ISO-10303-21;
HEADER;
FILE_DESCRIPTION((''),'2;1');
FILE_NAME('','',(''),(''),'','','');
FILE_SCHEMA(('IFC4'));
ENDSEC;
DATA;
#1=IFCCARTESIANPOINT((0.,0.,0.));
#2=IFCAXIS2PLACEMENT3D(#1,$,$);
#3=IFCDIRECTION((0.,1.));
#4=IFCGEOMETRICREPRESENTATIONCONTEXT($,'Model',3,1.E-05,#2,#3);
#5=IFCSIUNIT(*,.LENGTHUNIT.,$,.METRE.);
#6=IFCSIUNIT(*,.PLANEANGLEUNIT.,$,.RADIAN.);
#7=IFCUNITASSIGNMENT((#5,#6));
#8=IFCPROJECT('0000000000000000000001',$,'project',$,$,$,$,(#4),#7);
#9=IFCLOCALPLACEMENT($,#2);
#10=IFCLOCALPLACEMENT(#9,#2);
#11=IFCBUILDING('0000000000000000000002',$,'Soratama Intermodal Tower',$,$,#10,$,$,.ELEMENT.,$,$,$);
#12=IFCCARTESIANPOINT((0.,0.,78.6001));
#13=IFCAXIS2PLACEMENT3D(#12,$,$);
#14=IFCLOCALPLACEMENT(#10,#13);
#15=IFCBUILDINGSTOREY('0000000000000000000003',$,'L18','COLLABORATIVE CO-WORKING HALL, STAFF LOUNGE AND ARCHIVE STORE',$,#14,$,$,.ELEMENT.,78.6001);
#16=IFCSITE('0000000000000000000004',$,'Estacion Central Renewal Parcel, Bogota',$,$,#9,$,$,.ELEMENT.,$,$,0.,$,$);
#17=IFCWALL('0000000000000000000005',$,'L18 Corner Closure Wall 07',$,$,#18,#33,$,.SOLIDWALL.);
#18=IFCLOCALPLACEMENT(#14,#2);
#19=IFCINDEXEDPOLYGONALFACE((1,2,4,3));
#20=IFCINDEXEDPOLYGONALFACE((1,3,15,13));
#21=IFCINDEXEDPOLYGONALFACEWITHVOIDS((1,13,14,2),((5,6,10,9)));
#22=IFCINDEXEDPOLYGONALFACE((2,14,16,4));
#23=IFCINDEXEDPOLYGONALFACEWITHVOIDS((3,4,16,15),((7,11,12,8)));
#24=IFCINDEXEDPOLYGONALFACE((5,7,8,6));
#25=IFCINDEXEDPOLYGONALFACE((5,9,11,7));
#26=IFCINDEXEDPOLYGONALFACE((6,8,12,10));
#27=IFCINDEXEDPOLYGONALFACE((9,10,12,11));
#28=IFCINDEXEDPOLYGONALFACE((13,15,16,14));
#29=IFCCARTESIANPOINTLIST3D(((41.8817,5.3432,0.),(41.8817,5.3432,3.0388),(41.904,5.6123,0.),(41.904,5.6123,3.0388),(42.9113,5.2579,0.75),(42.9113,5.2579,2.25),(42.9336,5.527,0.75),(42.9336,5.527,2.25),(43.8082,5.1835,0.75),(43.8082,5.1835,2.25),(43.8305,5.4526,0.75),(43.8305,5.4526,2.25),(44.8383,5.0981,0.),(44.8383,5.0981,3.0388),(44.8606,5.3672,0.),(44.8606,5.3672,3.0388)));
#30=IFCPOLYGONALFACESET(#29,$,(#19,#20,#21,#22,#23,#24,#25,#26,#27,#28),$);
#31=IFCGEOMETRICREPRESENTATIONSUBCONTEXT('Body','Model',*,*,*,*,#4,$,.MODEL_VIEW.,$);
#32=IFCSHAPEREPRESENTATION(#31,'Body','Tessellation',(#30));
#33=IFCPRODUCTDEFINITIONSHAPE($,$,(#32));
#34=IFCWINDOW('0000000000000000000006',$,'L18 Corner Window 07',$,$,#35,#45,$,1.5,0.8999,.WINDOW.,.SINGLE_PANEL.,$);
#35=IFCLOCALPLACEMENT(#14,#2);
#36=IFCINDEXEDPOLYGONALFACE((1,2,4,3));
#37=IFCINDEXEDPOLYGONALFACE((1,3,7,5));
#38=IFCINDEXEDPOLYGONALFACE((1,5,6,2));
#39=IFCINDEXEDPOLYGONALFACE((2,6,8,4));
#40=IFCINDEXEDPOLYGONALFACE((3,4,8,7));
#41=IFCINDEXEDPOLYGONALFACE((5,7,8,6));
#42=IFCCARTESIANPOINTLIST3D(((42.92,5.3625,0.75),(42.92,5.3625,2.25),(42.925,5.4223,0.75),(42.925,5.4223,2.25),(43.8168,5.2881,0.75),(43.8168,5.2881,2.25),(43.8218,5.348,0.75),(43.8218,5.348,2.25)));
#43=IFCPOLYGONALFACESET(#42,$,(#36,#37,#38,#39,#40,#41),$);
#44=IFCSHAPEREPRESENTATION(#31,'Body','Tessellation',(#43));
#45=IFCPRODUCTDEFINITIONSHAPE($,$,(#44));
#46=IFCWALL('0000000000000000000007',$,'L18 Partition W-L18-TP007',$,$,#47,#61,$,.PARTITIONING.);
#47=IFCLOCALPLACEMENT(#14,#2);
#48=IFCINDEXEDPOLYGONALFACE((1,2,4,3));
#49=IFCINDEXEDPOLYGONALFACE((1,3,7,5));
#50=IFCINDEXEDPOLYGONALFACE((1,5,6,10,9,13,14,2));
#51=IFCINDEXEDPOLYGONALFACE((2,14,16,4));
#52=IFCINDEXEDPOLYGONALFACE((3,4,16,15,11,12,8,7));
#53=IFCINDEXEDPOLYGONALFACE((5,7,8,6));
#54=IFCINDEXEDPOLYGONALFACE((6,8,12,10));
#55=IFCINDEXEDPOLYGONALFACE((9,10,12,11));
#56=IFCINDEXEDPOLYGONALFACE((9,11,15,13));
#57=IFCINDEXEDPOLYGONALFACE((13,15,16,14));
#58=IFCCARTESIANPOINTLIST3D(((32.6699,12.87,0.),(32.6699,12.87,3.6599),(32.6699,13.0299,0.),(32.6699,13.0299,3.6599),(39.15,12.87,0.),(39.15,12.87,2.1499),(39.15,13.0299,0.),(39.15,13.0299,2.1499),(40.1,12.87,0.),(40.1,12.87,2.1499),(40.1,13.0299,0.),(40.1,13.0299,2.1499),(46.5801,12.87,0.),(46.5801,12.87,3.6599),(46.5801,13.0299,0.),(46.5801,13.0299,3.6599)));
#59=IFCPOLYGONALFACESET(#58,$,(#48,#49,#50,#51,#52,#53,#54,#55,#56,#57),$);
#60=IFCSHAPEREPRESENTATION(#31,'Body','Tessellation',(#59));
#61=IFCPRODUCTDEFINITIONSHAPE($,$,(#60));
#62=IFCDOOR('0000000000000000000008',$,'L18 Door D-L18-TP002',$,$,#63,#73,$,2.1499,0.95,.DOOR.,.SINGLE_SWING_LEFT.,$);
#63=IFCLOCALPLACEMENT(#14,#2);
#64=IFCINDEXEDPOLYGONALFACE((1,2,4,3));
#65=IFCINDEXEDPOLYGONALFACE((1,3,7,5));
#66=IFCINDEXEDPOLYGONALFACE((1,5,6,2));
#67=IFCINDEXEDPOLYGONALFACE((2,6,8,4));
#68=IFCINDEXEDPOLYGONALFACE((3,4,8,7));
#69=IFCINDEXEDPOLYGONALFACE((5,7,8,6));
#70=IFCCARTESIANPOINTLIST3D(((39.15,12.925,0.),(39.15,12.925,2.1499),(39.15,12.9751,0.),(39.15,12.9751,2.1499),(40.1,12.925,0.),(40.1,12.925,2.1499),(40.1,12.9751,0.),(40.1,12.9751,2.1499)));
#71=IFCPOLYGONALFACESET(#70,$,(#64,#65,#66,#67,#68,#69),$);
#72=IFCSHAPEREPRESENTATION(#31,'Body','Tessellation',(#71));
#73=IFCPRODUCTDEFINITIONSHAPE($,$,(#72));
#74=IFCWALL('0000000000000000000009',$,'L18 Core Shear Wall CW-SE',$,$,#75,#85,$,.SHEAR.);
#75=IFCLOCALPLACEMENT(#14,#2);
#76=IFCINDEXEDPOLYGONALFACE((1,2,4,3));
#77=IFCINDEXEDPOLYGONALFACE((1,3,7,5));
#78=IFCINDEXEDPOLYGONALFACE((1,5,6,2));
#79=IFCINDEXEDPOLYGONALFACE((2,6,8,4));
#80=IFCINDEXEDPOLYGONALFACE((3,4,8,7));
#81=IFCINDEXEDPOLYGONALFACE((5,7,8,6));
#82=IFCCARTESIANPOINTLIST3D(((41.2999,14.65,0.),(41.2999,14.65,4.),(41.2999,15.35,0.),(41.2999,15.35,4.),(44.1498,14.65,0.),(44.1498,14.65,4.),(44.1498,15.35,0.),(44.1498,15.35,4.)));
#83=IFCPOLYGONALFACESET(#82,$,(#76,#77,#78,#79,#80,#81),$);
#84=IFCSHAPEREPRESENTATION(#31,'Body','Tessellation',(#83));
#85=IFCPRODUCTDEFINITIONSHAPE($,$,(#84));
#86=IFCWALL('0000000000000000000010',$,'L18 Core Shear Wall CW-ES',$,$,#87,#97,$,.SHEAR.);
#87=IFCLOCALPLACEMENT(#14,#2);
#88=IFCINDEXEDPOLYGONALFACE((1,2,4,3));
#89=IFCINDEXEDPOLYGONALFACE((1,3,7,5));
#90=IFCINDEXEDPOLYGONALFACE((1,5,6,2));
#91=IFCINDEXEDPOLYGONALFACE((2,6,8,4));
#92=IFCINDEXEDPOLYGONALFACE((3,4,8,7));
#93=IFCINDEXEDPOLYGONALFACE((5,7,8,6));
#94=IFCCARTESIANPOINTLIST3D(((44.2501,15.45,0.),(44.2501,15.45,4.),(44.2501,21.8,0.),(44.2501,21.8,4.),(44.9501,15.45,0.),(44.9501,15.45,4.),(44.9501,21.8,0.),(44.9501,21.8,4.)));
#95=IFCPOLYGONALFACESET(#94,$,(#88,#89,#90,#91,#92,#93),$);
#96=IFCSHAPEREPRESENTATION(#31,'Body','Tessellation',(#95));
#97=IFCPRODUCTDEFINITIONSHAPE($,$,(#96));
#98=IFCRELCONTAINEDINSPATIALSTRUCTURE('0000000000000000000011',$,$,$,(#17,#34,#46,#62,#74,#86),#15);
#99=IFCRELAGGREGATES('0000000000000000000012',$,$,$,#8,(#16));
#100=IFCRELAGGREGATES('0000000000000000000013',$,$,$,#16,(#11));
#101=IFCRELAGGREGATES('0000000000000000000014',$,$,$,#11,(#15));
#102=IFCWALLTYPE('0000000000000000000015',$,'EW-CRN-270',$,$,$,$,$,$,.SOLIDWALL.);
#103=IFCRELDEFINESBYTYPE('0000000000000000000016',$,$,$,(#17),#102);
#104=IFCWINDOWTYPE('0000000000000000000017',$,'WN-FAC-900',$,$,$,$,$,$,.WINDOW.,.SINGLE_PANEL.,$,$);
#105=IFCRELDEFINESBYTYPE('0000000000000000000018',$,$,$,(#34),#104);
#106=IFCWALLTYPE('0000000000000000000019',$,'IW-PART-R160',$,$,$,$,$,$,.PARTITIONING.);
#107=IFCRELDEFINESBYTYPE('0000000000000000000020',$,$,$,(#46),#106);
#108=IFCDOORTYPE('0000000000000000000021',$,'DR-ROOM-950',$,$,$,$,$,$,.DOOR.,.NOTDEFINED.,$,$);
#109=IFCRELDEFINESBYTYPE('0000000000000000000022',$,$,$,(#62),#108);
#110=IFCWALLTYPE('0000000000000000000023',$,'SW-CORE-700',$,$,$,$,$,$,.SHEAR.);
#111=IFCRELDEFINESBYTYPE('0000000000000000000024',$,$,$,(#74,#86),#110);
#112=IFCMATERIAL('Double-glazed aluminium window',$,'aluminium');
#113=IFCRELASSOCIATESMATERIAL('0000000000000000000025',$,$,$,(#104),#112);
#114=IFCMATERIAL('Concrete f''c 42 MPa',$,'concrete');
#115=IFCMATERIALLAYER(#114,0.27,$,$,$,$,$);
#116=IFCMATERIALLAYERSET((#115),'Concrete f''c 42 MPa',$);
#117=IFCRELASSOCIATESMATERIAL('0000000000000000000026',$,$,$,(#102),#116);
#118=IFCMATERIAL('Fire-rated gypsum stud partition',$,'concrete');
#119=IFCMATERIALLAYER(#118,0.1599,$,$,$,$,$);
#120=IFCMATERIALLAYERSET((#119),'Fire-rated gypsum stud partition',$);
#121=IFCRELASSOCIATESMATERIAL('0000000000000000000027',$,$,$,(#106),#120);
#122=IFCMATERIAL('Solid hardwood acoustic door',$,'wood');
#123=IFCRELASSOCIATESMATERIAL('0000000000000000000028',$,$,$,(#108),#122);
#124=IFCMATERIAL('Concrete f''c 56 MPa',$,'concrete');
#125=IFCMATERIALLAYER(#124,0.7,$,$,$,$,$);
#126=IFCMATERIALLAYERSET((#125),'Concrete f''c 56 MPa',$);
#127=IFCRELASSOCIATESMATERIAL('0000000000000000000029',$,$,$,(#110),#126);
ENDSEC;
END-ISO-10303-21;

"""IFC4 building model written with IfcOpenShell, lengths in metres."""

from ifc_helpers import new_model, si_unit, direction, frame, frame_2d, origin, place, context, subcontext, project, spatial, rectangle, extrude, material, layer, layer_set, type_object, element, fill, save


model = new_model("IFC4")

# Units and contexts
model_context = context("Model", 3, precision=1e-05, world=origin(), true_north=direction((0.0, 1.0)))
body_context = subcontext(model_context, "Body", "Model", "MODEL_VIEW")
ifc_project = project(units=[si_unit("LENGTHUNIT", "METRE"), si_unit("PLANEANGLEUNIT", "RADIAN")], contexts=[model_context])

# Site, building, storey
site_placement = place(None, origin())
site = spatial("IfcSite", under=ifc_project, at=site_placement, Name="Estacion Central Renewal Parcel, Bogota", CompositionType="ELEMENT", RefElevation=0.0)
building_placement = place(site_placement, origin())
building = spatial("IfcBuilding", under=site, at=building_placement, Name="Soratama Intermodal Tower", CompositionType="ELEMENT")
storey_placement = place(building_placement, frame((0.0, 0.0, 78.6001)))
storey = spatial("IfcBuildingStorey", under=building, at=storey_placement, Name="L18", Description="COLLABORATIVE CO-WORKING HALL, STAFF LOUNGE AND ARCHIVE STORE", CompositionType="ELEMENT", Elevation=78.6001)

# Shared definitions
ifc_material_1 = material(Name="Double-glazed aluminium window", Category="aluminium")
window_type = type_object("IfcWindowType", Name="WN-FAC-900", PartitioningType="SINGLE_PANEL", PredefinedType="WINDOW", material=ifc_material_1)

# Wall, opening, window
ifc_material_2 = material(Name="Concrete f'c 42 MPa", Category="concrete")
ifc_layer_1 = layer(ifc_material_2, 0.27)
ifc_layer_set_1 = layer_set([ifc_layer_1], Name="Concrete f'c 42 MPa")
wall_type_1 = type_object("IfcWallType", Name="EW-CRN-270", PredefinedType="SOLIDWALL", material=ifc_layer_set_1)
wall_1_placement = place(storey_placement, frame((41.8928, 5.4778, 0.0), z_axis=(0.0, 0.0, 1.0), x_axis=(0.996581, -0.082623, 0.0)))
wall_1 = element("IfcWall", 1, at=wall_1_placement, inside=storey, type_object=wall_type_1, Name="L18 Corner Closure Wall 07", PredefinedType="SOLIDWALL", context=body_context, shape_type="SweptSolid", body=[
    extrude(rectangle(XDim=2.9668, YDim=0.27, at=frame_2d((1.4834, 0.0))), origin(), (0.0, 0.0, 1.0), 3.0388),
])
opening_1_placement = place(wall_1_placement, frame((1.0332, 0.0, 0.75)))
opening_1 = element("IfcOpeningElement", 2, at=opening_1_placement, cuts=wall_1, PredefinedType="OPENING", context=body_context, shape_type="SweptSolid", body=[
    extrude(rectangle(XDim=0.8999, YDim=1.5, at=frame_2d((0.45, 0.75))), frame((0.0, 0.145, 0.0), z_axis=(0.0, -1.0, 0.0), x_axis=(1.0, 0.0, 0.0)), (0.0, 0.0, 1.0), 0.29),
])
window_1_placement = place(opening_1_placement, origin())
window_1 = element("IfcWindow", 3, at=window_1_placement, inside=storey, type_object=window_type, Name="L18 Corner Window 07", OverallHeight=1.5, OverallWidth=0.8999, PartitioningType="SINGLE_PANEL", PredefinedType="WINDOW", context=body_context, shape_type="SweptSolid", body=[
    extrude(rectangle(XDim=0.8999, YDim=1.5, at=frame_2d((0.45, 0.75))), frame((0.0, 0.03, 0.0), z_axis=(0.0, -1.0, 0.0), x_axis=(1.0, 0.0, 0.0)), (0.0, 0.0, 1.0), 0.0601),
])
fill(opening_1, window_1)

# Wall, opening, door
ifc_material_3 = material(Name="Fire-rated gypsum stud partition", Category="concrete")
ifc_layer_2 = layer(ifc_material_3, 0.1599)
ifc_layer_set_2 = layer_set([ifc_layer_2], Name="Fire-rated gypsum stud partition")
wall_type_2 = type_object("IfcWallType", Name="IW-PART-R160", PredefinedType="PARTITIONING", material=ifc_layer_set_2)
wall_2_placement = place(storey_placement, frame((46.5801, 12.95, 0.0), z_axis=(0.0, 0.0, 1.0), x_axis=(-1.0, 0.0, 0.0)))
wall_2 = element("IfcWall", 4, at=wall_2_placement, inside=storey, type_object=wall_type_2, Name="L18 Partition W-L18-TP007", PredefinedType="PARTITIONING", context=body_context, shape_type="SweptSolid", body=[
    extrude(rectangle(XDim=13.9102, YDim=0.1599, at=frame_2d((6.9551, 0.0))), origin(), (0.0, 0.0, 1.0), 3.6599),
])
opening_2_placement = place(wall_2_placement, frame((6.48, 0.0, 0.0)))
opening_2 = element("IfcOpeningElement", 5, at=opening_2_placement, cuts=wall_2, PredefinedType="OPENING", context=body_context, shape_type="SweptSolid", body=[
    extrude(rectangle(XDim=0.95, YDim=2.1499, at=frame_2d((0.4751, 1.075))), frame((0.0, 0.0898, 0.0), z_axis=(0.0, -1.0, 0.0), x_axis=(1.0, 0.0, 0.0)), (0.0, 0.0, 1.0), 0.1799),
])
ifc_material_4 = material(Name="Solid hardwood acoustic door", Category="wood")
door_type_1 = type_object("IfcDoorType", Name="DR-ROOM-950", OperationType="NOTDEFINED", PredefinedType="DOOR", material=ifc_material_4)
door_1_placement = place(opening_2_placement, origin())
door_1 = element("IfcDoor", 6, at=door_1_placement, inside=storey, type_object=door_type_1, Name="L18 Door D-L18-TP002", OperationType="SINGLE_SWING_LEFT", OverallHeight=2.1499, OverallWidth=0.95, PredefinedType="DOOR", context=body_context, shape_type="SweptSolid", body=[
    extrude(rectangle(XDim=0.95, YDim=2.1499, at=frame_2d((0.4751, 1.075))), frame((0.0, 0.0249, 0.0), z_axis=(0.0, -1.0, 0.0), x_axis=(1.0, 0.0, 0.0)), (0.0, 0.0, 1.0), 0.05),
])
fill(opening_2, door_1)

# Walls
ifc_material_5 = material(Name="Concrete f'c 56 MPa", Category="concrete")
ifc_layer_3 = layer(ifc_material_5, 0.7)
ifc_layer_set_3 = layer_set([ifc_layer_3], Name="Concrete f'c 56 MPa")
wall_type_3 = type_object("IfcWallType", Name="SW-CORE-700", PredefinedType="SHEAR", material=ifc_layer_set_3)
wall_3_placement = place(storey_placement, frame((41.3, 15.0, 0.0), z_axis=(0.0, 0.0, 1.0), x_axis=(1.0, 0.0, 0.0)))
element("IfcWall", 7, at=wall_3_placement, inside=storey, type_object=wall_type_3, Name="L18 Core Shear Wall CW-SE", PredefinedType="SHEAR", context=body_context, shape_type="SweptSolid", body=[
    extrude(rectangle(XDim=2.8499, YDim=0.7, at=frame_2d((1.4248, 0.0))), origin(), (0.0, 0.0, 1.0), 4.0),
])
wall_4_placement = place(storey_placement, frame((44.6001, 15.45, 0.0), z_axis=(0.0, 0.0, 1.0), x_axis=(0.0, 1.0, 0.0)))
element("IfcWall", 8, at=wall_4_placement, inside=storey, type_object=wall_type_3, Name="L18 Core Shear Wall CW-ES", PredefinedType="SHEAR", context=body_context, shape_type="SweptSolid", body=[
    extrude(rectangle(XDim=6.3501, YDim=0.7, at=frame_2d((3.175, 0.0))), origin(), (0.0, 0.0, 1.0), 4.0),
])

save(model, "model.ifc")
